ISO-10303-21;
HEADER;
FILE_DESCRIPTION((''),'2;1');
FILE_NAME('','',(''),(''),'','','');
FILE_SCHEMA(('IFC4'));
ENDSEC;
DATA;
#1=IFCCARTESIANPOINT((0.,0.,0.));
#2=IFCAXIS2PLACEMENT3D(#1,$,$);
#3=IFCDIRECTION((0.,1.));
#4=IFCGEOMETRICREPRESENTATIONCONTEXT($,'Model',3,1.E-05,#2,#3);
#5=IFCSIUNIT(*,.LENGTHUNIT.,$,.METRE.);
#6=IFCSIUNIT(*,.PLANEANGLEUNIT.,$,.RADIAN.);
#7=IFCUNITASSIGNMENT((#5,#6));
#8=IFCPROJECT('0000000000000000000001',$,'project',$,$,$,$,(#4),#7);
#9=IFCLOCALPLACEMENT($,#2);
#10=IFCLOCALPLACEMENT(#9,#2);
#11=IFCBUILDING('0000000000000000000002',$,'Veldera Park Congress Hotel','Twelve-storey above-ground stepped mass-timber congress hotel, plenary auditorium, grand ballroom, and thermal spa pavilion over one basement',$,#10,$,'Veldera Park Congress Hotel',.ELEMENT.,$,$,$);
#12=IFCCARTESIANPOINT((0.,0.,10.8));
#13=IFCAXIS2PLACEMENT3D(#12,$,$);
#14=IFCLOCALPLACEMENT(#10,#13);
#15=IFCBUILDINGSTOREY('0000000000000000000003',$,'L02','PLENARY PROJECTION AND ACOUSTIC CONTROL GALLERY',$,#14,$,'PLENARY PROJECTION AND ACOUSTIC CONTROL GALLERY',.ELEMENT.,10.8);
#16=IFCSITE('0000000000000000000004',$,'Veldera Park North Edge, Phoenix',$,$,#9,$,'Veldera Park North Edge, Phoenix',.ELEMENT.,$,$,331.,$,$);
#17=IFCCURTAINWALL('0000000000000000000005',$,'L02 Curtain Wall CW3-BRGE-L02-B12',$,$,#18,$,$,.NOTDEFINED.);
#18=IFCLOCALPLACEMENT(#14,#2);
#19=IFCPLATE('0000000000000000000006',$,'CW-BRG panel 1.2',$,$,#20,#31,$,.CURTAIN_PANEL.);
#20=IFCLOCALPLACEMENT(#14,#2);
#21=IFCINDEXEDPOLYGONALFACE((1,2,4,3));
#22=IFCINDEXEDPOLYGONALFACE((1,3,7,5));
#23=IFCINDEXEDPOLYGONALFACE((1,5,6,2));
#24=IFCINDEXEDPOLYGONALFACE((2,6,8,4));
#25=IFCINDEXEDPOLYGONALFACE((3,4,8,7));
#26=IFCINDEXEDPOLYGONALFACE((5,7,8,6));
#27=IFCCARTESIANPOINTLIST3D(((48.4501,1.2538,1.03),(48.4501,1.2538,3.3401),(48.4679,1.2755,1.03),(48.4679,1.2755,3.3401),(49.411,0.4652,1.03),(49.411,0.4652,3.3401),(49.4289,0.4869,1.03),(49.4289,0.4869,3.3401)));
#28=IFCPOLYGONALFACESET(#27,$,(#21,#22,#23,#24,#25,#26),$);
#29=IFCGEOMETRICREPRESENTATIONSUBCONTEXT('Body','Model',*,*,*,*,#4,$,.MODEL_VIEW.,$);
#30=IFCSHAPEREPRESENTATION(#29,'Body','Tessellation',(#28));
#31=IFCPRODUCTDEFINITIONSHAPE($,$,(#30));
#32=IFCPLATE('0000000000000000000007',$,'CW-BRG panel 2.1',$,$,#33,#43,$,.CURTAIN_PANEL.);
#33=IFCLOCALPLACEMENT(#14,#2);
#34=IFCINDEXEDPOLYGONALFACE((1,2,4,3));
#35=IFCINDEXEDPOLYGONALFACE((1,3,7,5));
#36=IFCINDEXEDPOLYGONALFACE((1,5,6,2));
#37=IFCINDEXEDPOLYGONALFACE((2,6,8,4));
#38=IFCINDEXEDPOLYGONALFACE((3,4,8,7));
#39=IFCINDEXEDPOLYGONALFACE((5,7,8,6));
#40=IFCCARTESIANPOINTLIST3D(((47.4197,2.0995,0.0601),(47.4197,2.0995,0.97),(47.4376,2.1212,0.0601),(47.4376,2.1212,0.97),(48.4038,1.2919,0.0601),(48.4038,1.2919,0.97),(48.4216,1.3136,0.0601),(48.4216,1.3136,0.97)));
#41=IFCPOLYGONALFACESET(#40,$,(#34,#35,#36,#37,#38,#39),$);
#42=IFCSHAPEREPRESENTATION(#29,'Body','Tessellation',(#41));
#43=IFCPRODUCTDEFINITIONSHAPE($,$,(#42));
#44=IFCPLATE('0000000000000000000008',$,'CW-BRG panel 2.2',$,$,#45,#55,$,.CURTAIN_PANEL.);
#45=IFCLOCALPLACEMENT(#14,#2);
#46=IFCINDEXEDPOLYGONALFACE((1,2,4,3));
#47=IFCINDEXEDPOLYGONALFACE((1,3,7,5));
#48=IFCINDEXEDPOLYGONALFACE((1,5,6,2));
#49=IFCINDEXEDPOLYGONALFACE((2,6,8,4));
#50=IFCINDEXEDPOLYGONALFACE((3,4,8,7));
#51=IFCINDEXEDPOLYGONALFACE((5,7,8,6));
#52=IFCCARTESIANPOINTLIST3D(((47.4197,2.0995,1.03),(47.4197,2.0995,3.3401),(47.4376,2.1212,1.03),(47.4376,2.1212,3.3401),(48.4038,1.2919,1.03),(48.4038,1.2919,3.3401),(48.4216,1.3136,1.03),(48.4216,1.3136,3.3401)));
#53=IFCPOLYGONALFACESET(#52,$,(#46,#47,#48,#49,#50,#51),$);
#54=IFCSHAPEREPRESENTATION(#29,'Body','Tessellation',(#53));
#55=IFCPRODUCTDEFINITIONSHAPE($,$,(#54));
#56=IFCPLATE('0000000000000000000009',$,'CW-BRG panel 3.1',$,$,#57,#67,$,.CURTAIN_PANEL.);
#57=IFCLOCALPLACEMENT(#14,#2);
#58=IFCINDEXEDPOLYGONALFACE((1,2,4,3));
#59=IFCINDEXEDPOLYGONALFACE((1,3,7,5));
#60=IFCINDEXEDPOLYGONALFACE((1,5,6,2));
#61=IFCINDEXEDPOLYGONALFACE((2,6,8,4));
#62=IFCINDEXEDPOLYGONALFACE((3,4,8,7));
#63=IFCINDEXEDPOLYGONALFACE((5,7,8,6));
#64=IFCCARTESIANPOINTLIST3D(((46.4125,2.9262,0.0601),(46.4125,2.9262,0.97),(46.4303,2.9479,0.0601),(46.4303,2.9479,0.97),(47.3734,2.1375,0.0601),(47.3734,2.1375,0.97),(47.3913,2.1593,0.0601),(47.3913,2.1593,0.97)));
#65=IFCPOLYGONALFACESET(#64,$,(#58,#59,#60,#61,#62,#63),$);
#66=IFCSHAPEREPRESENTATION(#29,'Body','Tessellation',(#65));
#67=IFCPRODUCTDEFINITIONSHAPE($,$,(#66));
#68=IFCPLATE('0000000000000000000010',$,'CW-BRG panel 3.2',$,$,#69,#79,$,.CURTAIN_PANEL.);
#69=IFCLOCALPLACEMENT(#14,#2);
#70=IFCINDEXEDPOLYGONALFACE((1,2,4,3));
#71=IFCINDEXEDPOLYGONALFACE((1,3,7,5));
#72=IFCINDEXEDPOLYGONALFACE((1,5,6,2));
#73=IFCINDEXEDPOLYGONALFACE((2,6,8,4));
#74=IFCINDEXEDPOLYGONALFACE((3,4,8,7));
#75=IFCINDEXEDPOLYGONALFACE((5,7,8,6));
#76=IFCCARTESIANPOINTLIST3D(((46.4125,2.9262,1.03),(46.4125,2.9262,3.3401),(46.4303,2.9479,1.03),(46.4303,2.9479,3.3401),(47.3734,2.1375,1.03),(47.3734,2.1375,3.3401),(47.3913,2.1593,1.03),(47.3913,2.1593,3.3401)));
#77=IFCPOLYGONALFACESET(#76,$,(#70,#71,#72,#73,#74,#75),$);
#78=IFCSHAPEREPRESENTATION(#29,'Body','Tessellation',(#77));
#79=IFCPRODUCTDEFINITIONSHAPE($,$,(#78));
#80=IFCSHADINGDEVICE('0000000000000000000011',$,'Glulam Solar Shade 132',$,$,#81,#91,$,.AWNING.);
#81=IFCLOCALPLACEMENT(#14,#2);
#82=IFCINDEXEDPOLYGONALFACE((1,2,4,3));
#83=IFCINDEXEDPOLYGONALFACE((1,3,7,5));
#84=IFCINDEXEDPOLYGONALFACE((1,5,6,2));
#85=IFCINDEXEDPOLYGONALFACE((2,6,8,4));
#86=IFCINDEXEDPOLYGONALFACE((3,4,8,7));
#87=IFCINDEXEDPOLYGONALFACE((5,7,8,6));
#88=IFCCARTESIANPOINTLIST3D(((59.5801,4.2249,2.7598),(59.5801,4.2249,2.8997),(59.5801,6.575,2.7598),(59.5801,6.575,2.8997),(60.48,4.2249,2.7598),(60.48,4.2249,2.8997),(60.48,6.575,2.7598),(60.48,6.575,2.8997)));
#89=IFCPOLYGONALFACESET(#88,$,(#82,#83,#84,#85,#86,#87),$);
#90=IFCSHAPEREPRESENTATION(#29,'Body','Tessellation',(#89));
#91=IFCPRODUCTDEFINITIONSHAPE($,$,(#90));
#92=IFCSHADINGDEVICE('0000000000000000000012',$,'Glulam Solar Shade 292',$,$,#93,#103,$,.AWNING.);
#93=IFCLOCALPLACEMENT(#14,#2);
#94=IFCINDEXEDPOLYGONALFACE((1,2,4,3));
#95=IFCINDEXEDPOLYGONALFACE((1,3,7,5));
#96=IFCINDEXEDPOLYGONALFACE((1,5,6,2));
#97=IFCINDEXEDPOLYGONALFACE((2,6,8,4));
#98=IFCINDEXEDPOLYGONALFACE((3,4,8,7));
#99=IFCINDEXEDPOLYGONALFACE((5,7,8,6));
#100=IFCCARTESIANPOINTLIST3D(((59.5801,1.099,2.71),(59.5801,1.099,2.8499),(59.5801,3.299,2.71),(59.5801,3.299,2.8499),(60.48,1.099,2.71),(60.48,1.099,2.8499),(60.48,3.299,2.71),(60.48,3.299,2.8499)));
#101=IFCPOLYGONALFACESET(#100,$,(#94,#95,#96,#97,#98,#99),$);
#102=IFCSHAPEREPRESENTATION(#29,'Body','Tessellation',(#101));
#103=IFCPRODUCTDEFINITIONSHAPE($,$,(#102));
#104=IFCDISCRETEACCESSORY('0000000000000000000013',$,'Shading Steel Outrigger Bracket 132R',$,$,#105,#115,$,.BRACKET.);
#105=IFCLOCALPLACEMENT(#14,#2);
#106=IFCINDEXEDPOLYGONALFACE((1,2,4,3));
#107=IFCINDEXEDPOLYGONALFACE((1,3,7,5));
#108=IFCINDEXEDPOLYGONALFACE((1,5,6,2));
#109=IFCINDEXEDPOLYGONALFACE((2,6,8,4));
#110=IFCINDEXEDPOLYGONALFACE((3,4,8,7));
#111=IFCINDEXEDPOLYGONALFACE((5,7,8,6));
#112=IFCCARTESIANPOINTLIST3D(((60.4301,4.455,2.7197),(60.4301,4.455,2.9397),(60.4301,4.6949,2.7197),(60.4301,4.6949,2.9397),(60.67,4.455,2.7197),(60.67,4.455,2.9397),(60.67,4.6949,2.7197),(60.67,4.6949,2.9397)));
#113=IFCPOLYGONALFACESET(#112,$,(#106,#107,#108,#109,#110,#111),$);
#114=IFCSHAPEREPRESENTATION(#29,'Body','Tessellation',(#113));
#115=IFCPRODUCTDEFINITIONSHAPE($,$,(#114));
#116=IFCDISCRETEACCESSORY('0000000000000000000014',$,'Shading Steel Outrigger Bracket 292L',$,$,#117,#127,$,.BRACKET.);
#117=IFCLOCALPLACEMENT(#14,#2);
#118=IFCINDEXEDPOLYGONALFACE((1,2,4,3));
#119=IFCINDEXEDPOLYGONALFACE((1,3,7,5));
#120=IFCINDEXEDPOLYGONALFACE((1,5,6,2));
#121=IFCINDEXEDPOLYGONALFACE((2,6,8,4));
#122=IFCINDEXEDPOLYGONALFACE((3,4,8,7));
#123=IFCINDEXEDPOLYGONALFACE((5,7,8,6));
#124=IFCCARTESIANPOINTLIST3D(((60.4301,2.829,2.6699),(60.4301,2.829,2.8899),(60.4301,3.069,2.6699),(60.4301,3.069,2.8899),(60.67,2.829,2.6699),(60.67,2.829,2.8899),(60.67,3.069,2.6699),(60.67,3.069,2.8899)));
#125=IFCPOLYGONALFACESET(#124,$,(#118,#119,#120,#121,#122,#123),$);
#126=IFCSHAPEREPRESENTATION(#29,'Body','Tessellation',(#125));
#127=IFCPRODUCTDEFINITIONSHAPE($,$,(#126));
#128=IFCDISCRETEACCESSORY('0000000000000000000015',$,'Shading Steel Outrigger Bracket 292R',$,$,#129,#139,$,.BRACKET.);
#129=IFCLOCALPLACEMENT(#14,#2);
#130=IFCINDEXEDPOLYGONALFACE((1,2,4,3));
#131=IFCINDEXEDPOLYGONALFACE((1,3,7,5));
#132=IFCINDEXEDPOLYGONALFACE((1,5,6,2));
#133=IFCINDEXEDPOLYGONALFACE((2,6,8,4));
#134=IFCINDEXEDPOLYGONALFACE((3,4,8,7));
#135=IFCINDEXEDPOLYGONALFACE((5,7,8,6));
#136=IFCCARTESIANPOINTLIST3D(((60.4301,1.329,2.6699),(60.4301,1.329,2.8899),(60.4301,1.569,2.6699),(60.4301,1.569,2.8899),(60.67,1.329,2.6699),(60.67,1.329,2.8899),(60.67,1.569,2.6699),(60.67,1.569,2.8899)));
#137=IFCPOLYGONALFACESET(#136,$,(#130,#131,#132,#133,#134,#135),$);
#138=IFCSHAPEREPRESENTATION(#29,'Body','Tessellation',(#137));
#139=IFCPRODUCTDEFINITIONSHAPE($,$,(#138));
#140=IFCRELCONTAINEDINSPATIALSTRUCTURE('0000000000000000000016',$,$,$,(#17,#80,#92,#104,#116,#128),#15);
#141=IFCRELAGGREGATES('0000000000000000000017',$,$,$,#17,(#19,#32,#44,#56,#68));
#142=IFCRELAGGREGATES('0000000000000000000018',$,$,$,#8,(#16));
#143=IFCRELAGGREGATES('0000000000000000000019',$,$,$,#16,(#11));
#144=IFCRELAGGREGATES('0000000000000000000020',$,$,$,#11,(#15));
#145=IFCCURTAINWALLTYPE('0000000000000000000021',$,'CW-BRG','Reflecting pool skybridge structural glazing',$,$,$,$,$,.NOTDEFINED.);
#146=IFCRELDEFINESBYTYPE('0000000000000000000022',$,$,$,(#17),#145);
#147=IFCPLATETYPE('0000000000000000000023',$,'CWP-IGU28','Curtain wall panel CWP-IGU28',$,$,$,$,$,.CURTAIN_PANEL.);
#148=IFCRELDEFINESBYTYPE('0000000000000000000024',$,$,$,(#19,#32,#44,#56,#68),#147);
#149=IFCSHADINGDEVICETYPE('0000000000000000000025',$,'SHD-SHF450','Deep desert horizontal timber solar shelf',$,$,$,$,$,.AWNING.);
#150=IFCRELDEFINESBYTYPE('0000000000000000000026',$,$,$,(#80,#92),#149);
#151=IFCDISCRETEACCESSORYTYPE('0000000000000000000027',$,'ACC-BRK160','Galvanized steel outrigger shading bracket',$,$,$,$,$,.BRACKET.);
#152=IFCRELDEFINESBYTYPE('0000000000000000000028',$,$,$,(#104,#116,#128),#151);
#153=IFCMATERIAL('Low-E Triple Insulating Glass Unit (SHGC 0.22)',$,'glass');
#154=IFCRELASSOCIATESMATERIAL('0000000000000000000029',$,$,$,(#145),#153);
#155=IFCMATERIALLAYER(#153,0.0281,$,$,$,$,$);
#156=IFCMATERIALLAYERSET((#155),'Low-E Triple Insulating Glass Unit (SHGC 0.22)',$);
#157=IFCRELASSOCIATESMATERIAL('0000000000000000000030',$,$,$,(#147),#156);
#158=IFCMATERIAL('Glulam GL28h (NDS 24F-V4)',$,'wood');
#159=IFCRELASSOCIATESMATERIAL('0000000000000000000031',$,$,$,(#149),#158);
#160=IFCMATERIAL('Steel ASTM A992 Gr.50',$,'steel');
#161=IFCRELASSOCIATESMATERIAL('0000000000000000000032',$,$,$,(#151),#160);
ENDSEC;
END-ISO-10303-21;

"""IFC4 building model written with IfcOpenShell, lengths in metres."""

from ifc_helpers import new_model, si_unit, direction, frame, origin, origin_2d, place, context, subcontext, project, spatial, rectangle, extrude, material, layer, layer_set, type_object, element, aggregate, save


model = new_model("IFC4")

# Units and contexts
model_context = context("Model", 3, precision=1e-05, world=origin(), true_north=direction((0.0, 1.0)))
body_context = subcontext(model_context, "Body", "Model", "MODEL_VIEW")
ifc_project = project(units=[si_unit("LENGTHUNIT", "METRE"), si_unit("PLANEANGLEUNIT", "RADIAN")], contexts=[model_context])

# Site, building, storey
site_placement = place(None, origin())
site = spatial("IfcSite", under=ifc_project, at=site_placement, Name="Veldera Park North Edge, Phoenix", LongName="Veldera Park North Edge, Phoenix", CompositionType="ELEMENT", RefElevation=331.0)
building_placement = place(site_placement, origin())
building = spatial("IfcBuilding", under=site, at=building_placement, Name="Veldera Park Congress Hotel", Description="Twelve-storey above-ground stepped mass-timber congress hotel, plenary auditorium, grand ballroom, and thermal spa pavilion over one basement", LongName="Veldera Park Congress Hotel", CompositionType="ELEMENT")
storey_placement = place(building_placement, frame((0.0, 0.0, 10.8)))
storey = spatial("IfcBuildingStorey", under=building, at=storey_placement, Name="L02", Description="PLENARY PROJECTION AND ACOUSTIC CONTROL GALLERY", LongName="PLENARY PROJECTION AND ACOUSTIC CONTROL GALLERY", CompositionType="ELEMENT", Elevation=10.8)

# Curtain wall
ifc_material_1 = material(Name="Low-E Triple Insulating Glass Unit (SHGC 0.22)", Category="glass")
curtain_wall_type = type_object("IfcCurtainWallType", Name="CW-BRG", Description="Reflecting pool skybridge structural glazing", PredefinedType="NOTDEFINED", material=ifc_material_1)
curtain_wall_1_placement = place(storey_placement, origin())
curtain_wall_1 = element("IfcCurtainWall", 1, at=curtain_wall_1_placement, inside=storey, type_object=curtain_wall_type, Name="L02 Curtain Wall CW3-BRGE-L02-B12", PredefinedType="NOTDEFINED")

# Plates
ifc_layer = layer(ifc_material_1, 0.0281)
ifc_layer_set = layer_set([ifc_layer], Name="Low-E Triple Insulating Glass Unit (SHGC 0.22)")
plate_type = type_object("IfcPlateType", Name="CWP-IGU28", Description="Curtain wall panel CWP-IGU28", PredefinedType="CURTAIN_PANEL", material=ifc_layer_set)
plate_1_placement = place(storey_placement, frame((48.9395, 0.8704, 1.03), z_axis=(0.0, 0.0, 1.0), x_axis=(-0.773016, 0.634386, 0.0)))
plate_1 = element("IfcPlate", 2, at=plate_1_placement, type_object=plate_type, Name="CW-BRG panel 1.2", PredefinedType="CURTAIN_PANEL", context=body_context, shape_type="SweptSolid", body=[
    extrude(rectangle(XDim=1.2432, YDim=0.0281, at=origin_2d()), origin(), (0.0, 0.0, 1.0), 2.3101),
])
plate_2_placement = place(storey_placement, frame((47.9207, 1.7065, 0.0601), z_axis=(0.0, 0.0, 1.0), x_axis=(-0.773016, 0.634386, 0.0)))
plate_2 = element("IfcPlate", 3, at=plate_2_placement, type_object=plate_type, Name="CW-BRG panel 2.1", PredefinedType="CURTAIN_PANEL", context=body_context, shape_type="SweptSolid", body=[
    extrude(rectangle(XDim=1.2729, YDim=0.0281, at=origin_2d()), origin(), (0.0, 0.0, 1.0), 0.9099),
])
plate_3_placement = place(storey_placement, frame((47.9207, 1.7065, 1.03), z_axis=(0.0, 0.0, 1.0), x_axis=(-0.773016, 0.634386, 0.0)))
plate_3 = element("IfcPlate", 4, at=plate_3_placement, type_object=plate_type, Name="CW-BRG panel 2.2", PredefinedType="CURTAIN_PANEL", context=body_context, shape_type="SweptSolid", body=[
    extrude(rectangle(XDim=1.2729, YDim=0.0281, at=origin_2d()), origin(), (0.0, 0.0, 1.0), 2.3101),
])
plate_4_placement = place(storey_placement, frame((46.9019, 2.5427, 0.0601), z_axis=(0.0, 0.0, 1.0), x_axis=(-0.773016, 0.634386, 0.0)))
plate_4 = element("IfcPlate", 5, at=plate_4_placement, type_object=plate_type, Name="CW-BRG panel 3.1", PredefinedType="CURTAIN_PANEL", context=body_context, shape_type="SweptSolid", body=[
    extrude(rectangle(XDim=1.2432, YDim=0.0281, at=origin_2d()), origin(), (0.0, 0.0, 1.0), 0.9099),
])
plate_5_placement = place(storey_placement, frame((46.9019, 2.5427, 1.03), z_axis=(0.0, 0.0, 1.0), x_axis=(-0.773016, 0.634386, 0.0)))
plate_5 = element("IfcPlate", 6, at=plate_5_placement, type_object=plate_type, Name="CW-BRG panel 3.2", PredefinedType="CURTAIN_PANEL", context=body_context, shape_type="SweptSolid", body=[
    extrude(rectangle(XDim=1.2432, YDim=0.0281, at=origin_2d()), origin(), (0.0, 0.0, 1.0), 2.3101),
])
aggregate(curtain_wall_1, [plate_1, plate_2, plate_3, plate_4, plate_5])

# Shading devices
ifc_material_2 = material(Name="Glulam GL28h (NDS 24F-V4)", Category="wood")
shading_device_type = type_object("IfcShadingDeviceType", Name="SHD-SHF450", Description="Deep desert horizontal timber solar shelf", PredefinedType="AWNING", material=ifc_material_2)
shading_device_1_placement = place(storey_placement, frame((60.03, 5.3999, 2.7598), z_axis=(0.0, 0.0, 1.0), x_axis=(0.0, -1.0, 0.0)))
element("IfcShadingDevice", 7, at=shading_device_1_placement, inside=storey, type_object=shading_device_type, Name="Glulam Solar Shade 132", PredefinedType="AWNING", context=body_context, shape_type="SweptSolid", body=[
    extrude(rectangle(XDim=2.3501, YDim=0.8999, at=origin_2d()), origin(), (0.0, 0.0, 1.0), 0.1399),
])
shading_device_2_placement = place(storey_placement, frame((60.03, 2.199, 2.71), z_axis=(0.0, 0.0, 1.0), x_axis=(0.0, -1.0, 0.0)))
element("IfcShadingDevice", 8, at=shading_device_2_placement, inside=storey, type_object=shading_device_type, Name="Glulam Solar Shade 292", PredefinedType="AWNING", context=body_context, shape_type="SweptSolid", body=[
    extrude(rectangle(XDim=2.2, YDim=0.8999, at=origin_2d()), origin(), (0.0, 0.0, 1.0), 0.1399),
])

# Discrete accessories
ifc_material_3 = material(Name="Steel ASTM A992 Gr.50", Category="steel")
discrete_accessory_type = type_object("IfcDiscreteAccessoryType", Name="ACC-BRK160", Description="Galvanized steel outrigger shading bracket", PredefinedType="BRACKET", material=ifc_material_3)
for number, where, z_axis, x_axis, name in (
    (9, (60.55, 4.575, 2.7197), (0.0, 0.0, 1.0), (0.0, -1.0, 0.0), "Shading Steel Outrigger Bracket 132R"),
    (10, (60.55, 2.949, 2.6699), (0.0, 0.0, 1.0), (0.0, -1.0, 0.0), "Shading Steel Outrigger Bracket 292L"),
    (11, (60.55, 1.449, 2.6699), (0.0, 0.0, 1.0), (0.0, -1.0, 0.0), "Shading Steel Outrigger Bracket 292R"),
):
    element("IfcDiscreteAccessory", number, at=place(storey_placement, frame(where, z_axis=z_axis, x_axis=x_axis)), inside=storey, type_object=discrete_accessory_type, Name=name, PredefinedType="BRACKET", context=body_context, shape_type="SweptSolid", body=[
        extrude(rectangle(XDim=0.24, YDim=0.24, at=origin_2d()), origin(), (0.0, 0.0, 1.0), 0.22),
    ])

save(model, "model.ifc")
